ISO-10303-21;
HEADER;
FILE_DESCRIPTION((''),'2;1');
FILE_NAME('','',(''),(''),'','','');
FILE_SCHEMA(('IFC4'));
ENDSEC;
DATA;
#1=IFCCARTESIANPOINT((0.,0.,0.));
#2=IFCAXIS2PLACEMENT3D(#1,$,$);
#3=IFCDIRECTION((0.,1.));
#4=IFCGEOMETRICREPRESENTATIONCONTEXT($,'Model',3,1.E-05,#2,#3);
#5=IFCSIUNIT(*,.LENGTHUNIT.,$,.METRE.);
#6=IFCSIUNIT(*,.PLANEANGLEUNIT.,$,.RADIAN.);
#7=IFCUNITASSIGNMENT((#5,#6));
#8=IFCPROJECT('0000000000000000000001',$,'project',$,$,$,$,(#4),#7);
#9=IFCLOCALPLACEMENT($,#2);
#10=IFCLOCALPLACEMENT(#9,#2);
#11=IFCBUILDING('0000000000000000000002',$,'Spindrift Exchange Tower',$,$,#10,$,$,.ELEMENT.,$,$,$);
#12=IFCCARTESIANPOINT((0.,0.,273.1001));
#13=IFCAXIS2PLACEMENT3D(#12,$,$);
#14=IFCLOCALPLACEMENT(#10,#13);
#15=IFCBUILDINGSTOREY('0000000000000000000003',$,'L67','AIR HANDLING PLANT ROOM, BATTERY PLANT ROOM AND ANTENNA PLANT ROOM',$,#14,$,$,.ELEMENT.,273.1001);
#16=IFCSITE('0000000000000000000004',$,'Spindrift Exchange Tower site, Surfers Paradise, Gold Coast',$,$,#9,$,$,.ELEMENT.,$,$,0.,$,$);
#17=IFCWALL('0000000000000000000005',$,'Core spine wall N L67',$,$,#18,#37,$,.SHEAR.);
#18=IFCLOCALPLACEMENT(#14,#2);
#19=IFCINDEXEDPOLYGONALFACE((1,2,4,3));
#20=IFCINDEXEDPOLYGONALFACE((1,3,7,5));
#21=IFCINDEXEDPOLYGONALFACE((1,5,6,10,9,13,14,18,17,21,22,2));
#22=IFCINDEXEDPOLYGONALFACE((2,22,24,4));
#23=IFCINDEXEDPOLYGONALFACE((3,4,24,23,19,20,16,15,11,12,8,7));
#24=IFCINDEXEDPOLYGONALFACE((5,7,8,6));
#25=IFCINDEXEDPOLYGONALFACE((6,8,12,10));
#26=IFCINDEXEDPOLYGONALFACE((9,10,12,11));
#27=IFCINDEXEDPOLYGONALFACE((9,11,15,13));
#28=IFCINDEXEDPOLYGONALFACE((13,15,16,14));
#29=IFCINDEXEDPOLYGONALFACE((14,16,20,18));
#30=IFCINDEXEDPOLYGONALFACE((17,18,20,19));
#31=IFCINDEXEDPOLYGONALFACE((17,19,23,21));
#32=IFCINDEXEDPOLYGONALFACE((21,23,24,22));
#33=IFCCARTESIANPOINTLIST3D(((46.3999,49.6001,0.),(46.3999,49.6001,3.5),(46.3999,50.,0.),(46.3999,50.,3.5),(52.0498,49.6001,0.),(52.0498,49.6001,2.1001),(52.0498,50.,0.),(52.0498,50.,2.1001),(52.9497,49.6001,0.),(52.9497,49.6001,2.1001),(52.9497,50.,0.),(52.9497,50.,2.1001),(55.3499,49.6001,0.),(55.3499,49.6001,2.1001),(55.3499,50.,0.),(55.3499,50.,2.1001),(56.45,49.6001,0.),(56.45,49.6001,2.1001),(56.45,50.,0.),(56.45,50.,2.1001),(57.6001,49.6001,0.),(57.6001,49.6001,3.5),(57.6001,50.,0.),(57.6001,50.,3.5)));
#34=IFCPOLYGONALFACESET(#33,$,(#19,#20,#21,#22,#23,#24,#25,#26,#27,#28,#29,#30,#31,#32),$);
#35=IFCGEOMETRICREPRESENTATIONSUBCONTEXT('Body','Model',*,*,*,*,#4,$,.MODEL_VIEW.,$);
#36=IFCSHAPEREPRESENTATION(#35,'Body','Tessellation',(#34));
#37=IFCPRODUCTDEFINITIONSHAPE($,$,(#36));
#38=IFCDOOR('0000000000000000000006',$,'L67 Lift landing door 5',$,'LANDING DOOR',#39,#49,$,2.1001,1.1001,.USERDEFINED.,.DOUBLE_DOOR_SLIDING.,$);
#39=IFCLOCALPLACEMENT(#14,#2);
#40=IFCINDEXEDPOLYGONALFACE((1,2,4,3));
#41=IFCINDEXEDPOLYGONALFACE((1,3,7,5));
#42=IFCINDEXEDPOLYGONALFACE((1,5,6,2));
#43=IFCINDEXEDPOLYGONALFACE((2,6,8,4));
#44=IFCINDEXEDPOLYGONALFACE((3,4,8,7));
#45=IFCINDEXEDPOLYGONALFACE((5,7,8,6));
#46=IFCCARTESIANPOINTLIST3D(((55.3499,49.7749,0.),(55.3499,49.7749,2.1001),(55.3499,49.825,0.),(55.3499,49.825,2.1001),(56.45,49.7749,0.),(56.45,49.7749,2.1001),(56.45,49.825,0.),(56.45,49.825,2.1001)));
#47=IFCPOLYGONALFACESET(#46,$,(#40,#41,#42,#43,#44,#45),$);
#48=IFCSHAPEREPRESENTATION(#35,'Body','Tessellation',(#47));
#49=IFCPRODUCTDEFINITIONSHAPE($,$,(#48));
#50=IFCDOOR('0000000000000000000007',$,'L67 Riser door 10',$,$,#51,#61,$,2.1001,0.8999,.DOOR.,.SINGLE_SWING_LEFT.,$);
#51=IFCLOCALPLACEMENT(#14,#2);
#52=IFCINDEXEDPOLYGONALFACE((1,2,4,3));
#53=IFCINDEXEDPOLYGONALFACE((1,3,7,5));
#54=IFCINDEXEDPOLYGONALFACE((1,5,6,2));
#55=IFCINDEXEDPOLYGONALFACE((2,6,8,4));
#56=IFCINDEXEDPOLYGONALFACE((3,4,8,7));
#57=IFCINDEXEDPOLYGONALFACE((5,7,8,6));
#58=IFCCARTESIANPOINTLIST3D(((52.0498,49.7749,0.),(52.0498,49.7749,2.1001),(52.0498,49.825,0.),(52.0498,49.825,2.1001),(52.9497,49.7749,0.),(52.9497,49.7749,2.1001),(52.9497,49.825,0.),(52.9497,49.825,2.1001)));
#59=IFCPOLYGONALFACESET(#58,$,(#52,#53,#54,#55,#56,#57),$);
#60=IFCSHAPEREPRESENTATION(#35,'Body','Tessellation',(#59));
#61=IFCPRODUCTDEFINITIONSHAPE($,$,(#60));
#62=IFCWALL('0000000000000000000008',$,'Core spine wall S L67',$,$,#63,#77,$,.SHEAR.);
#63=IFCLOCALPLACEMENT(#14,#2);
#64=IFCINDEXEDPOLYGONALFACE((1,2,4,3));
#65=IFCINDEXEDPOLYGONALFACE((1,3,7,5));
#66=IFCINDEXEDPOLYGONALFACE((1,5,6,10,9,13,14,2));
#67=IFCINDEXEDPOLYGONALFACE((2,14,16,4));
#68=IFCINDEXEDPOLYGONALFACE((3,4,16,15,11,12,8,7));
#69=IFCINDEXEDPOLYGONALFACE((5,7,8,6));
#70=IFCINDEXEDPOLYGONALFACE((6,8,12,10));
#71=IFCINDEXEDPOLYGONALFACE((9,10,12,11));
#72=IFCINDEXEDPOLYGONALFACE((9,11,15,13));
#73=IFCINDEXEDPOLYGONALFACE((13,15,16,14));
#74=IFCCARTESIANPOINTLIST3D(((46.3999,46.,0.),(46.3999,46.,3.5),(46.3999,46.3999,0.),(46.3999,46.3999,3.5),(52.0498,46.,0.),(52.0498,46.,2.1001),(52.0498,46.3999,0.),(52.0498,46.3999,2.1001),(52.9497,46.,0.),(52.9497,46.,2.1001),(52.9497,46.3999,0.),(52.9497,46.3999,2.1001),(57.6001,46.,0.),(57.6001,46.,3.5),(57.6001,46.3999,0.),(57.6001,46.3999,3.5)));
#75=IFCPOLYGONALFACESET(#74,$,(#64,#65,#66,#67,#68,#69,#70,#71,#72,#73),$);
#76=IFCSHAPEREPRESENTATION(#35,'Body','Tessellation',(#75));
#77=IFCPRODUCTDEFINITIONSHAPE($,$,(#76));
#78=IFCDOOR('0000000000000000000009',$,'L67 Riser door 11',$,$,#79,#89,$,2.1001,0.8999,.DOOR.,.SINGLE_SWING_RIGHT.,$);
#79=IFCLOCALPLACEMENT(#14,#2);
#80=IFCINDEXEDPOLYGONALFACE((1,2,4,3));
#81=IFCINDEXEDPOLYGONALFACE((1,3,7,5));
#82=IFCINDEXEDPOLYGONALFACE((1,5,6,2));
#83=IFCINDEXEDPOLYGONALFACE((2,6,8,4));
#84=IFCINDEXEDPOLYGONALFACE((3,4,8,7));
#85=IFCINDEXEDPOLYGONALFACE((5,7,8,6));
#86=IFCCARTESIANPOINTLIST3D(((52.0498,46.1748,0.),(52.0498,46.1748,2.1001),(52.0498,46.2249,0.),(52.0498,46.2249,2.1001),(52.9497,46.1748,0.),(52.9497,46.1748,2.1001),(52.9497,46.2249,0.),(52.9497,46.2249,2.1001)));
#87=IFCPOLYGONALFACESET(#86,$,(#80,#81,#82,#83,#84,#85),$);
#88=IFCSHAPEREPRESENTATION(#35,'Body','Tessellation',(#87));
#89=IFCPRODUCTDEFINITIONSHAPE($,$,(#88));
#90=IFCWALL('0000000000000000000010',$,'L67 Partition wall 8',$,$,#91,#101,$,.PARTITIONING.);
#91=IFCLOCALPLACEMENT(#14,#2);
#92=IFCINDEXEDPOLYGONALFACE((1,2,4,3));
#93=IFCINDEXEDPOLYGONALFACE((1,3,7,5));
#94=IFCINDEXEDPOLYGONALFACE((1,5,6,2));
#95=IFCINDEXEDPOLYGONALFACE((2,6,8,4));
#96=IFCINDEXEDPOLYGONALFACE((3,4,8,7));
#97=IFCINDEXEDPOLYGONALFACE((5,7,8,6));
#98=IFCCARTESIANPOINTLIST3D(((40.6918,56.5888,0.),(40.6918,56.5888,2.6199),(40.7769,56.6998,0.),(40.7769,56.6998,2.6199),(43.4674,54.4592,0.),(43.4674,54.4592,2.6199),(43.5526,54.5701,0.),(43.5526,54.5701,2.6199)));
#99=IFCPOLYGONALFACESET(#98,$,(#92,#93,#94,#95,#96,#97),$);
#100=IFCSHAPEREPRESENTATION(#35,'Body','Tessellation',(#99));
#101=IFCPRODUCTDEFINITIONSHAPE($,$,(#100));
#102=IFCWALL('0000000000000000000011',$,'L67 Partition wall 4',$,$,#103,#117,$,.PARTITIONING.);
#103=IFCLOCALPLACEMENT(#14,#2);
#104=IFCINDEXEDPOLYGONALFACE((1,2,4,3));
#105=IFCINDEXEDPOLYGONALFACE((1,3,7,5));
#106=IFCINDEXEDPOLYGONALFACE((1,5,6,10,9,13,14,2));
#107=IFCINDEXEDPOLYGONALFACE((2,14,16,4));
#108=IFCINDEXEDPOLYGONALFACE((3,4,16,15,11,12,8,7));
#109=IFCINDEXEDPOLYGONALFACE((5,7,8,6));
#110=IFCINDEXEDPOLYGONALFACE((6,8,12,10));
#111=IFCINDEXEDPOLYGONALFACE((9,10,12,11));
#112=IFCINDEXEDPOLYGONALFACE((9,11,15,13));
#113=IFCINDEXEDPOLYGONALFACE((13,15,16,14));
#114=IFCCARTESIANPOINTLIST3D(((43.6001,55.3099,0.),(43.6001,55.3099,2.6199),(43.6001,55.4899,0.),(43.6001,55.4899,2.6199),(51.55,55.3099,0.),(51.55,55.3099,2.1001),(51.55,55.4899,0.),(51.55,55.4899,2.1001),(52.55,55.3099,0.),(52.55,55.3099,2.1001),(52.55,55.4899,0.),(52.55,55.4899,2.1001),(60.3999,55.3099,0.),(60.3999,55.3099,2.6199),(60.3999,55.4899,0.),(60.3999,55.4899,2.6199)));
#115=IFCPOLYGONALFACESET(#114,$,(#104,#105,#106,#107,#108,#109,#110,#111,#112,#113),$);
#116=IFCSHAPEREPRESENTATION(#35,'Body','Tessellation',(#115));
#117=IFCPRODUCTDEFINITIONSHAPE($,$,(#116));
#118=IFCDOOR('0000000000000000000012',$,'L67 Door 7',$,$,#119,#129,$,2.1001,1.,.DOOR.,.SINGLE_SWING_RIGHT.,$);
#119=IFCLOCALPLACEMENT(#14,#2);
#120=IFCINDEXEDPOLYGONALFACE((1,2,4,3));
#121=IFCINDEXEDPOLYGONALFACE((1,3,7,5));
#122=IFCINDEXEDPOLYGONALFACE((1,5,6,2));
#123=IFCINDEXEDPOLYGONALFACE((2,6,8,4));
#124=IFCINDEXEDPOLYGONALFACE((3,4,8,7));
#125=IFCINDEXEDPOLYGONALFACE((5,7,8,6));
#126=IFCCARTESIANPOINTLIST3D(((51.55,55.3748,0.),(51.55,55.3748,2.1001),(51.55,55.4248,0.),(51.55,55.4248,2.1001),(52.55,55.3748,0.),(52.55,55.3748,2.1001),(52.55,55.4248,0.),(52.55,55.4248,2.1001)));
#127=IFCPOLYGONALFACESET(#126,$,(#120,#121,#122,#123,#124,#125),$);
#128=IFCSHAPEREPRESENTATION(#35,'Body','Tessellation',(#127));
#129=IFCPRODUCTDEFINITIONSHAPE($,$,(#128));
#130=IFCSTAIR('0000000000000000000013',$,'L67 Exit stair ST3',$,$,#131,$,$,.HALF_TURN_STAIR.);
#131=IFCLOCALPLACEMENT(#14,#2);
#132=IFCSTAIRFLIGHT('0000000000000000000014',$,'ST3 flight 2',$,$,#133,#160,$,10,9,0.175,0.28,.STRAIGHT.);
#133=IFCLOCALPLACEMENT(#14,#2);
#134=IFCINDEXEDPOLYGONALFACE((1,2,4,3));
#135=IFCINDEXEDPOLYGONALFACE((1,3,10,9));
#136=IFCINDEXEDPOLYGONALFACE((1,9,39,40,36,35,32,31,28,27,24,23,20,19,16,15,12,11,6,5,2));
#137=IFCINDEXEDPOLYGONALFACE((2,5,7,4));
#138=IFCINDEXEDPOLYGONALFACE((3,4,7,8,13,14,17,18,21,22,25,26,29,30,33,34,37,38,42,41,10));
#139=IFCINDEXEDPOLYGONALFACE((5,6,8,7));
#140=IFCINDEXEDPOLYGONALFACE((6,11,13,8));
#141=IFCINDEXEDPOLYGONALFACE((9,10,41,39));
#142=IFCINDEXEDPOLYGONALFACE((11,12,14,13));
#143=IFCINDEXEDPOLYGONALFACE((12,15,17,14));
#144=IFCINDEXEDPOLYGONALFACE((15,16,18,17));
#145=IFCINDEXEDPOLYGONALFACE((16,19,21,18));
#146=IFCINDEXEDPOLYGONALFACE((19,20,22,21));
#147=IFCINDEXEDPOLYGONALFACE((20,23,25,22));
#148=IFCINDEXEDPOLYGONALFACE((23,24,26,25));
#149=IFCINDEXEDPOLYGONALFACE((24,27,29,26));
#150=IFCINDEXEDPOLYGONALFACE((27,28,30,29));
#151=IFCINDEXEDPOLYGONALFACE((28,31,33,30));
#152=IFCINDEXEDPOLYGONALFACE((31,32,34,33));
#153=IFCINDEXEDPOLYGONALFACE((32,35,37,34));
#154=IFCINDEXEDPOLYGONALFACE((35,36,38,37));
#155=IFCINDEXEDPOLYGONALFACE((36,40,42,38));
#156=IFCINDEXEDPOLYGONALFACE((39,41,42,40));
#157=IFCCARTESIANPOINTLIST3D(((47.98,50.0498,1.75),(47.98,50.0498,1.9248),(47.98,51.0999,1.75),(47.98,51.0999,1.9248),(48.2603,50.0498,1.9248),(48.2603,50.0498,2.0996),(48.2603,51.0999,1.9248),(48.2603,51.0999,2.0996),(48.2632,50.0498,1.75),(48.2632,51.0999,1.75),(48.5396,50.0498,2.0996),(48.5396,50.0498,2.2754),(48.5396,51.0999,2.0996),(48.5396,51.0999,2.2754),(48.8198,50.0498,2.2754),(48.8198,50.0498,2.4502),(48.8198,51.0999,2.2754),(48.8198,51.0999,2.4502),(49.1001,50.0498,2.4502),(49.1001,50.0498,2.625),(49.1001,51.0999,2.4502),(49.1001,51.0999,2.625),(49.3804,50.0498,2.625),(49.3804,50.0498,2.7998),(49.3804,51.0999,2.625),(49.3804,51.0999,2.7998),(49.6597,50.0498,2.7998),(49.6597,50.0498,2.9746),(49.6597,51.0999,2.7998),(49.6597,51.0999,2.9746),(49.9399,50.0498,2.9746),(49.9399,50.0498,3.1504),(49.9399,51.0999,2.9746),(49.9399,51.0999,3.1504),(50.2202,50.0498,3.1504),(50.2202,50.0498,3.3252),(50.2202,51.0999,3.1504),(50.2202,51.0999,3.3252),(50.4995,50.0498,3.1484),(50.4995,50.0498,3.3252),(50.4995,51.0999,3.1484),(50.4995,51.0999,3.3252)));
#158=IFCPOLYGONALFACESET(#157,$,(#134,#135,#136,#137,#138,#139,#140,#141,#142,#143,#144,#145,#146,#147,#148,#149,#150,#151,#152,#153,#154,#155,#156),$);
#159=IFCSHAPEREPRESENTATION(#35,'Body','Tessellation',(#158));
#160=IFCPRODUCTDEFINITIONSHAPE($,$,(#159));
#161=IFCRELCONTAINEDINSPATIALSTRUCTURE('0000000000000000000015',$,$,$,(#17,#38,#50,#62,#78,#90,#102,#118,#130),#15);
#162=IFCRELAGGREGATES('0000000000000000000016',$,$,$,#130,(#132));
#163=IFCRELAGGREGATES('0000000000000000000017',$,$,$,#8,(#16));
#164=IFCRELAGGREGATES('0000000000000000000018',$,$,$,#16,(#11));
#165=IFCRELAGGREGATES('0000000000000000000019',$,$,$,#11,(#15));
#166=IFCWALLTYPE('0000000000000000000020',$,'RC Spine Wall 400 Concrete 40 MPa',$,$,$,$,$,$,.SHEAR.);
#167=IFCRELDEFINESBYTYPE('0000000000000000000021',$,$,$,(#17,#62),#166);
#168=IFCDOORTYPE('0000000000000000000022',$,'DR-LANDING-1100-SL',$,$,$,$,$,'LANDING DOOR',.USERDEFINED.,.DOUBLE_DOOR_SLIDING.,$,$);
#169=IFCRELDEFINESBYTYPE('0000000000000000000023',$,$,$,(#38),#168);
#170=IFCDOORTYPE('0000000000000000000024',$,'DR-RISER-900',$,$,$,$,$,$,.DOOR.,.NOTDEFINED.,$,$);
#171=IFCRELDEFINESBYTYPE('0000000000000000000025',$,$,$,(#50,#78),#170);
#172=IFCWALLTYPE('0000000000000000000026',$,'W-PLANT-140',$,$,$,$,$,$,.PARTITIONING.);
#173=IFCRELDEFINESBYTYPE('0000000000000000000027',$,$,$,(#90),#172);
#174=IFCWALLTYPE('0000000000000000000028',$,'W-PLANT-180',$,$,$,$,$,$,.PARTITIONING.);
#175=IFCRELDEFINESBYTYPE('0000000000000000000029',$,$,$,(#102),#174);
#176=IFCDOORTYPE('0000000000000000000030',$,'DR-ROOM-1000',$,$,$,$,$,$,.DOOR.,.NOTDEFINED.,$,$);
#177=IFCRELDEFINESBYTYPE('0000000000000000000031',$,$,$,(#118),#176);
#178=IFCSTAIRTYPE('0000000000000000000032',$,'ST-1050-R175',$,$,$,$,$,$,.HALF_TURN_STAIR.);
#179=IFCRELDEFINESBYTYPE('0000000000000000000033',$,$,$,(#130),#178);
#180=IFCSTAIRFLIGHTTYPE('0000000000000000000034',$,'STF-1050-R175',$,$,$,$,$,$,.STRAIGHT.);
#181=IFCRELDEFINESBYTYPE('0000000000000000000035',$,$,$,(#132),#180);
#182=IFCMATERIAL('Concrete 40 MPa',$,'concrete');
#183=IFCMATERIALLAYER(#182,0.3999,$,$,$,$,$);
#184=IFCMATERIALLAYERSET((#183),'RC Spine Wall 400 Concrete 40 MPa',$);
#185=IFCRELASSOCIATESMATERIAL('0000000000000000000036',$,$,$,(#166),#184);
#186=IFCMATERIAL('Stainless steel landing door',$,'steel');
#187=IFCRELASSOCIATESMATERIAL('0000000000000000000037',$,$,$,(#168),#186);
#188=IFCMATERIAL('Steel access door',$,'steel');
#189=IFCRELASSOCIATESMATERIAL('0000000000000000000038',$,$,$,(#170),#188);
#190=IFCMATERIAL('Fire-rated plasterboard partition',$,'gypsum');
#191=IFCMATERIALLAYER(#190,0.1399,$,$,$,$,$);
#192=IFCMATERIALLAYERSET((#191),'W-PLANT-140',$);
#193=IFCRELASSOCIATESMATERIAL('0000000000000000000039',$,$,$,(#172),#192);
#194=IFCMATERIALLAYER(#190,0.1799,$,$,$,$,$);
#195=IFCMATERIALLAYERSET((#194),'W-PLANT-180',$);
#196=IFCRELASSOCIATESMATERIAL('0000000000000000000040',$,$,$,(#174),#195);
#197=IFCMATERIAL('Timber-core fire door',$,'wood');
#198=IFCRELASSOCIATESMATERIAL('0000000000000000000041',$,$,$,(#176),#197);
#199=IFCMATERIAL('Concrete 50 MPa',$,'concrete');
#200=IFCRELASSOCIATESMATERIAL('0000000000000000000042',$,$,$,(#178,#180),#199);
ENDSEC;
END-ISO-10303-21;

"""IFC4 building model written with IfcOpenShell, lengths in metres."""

from ifc_helpers import new_model, si_unit, direction, frame, frame_2d, origin, place, context, subcontext, project, spatial, line, indexed_curve, rectangle, outline, extrude, source, transform, mapped, material, layer, layer_set, type_object, element, fill, aggregate, save


model = new_model("IFC4")

# Units and contexts
model_context = context("Model", 3, precision=1e-05, world=origin(), true_north=direction((0.0, 1.0)))
body_context = subcontext(model_context, "Body", "Model", "MODEL_VIEW")
ifc_project = project(units=[si_unit("LENGTHUNIT", "METRE"), si_unit("PLANEANGLEUNIT", "RADIAN")], contexts=[model_context])

# Site, building, storey
site_placement = place(None, origin())
site = spatial("IfcSite", under=ifc_project, at=site_placement, Name="Spindrift Exchange Tower site, Surfers Paradise, Gold Coast", CompositionType="ELEMENT", RefElevation=0.0)
building_placement = place(site_placement, origin())
building = spatial("IfcBuilding", under=site, at=building_placement, Name="Spindrift Exchange Tower", CompositionType="ELEMENT")
storey_placement = place(building_placement, frame((0.0, 0.0, 273.1001)))
storey = spatial("IfcBuildingStorey", under=building, at=storey_placement, Name="L67", Description="AIR HANDLING PLANT ROOM, BATTERY PLANT ROOM AND ANTENNA PLANT ROOM", CompositionType="ELEMENT", Elevation=273.1001)

# Shared definitions
ifc_material_1 = material(Name="Concrete 40 MPa", Category="concrete")

# Wall, openings, doors
ifc_material_2 = material(Name="Timber-core fire door", Category="wood")
ifc_layer_1 = layer(ifc_material_1, 0.3999)
ifc_layer_set_1 = layer_set([ifc_layer_1], Name="RC Spine Wall 400 Concrete 40 MPa")
wall_type_1 = type_object("IfcWallType", Name="RC Spine Wall 400 Concrete 40 MPa", PredefinedType="SHEAR", material=ifc_layer_set_1)
wall_1_placement = place(storey_placement, frame((46.3999, 49.8, 0.0), z_axis=(0.0, 0.0, 1.0), x_axis=(1.0, 0.0, 0.0)))
wall_1 = element("IfcWall", 1, at=wall_1_placement, inside=storey, type_object=wall_type_1, Name="Core spine wall N L67", PredefinedType="SHEAR", context=body_context, shape_type="SweptSolid", body=[
    extrude(rectangle(XDim=11.2002, YDim=0.3999, at=frame_2d((5.6001, 0.0))), origin(), (0.0, 0.0, 1.0), 3.5),
])
opening_1_placement = place(wall_1_placement, frame((8.95, 0.0, 0.0)))
opening_1 = element("IfcOpeningElement", 2, at=opening_1_placement, cuts=wall_1, PredefinedType="OPENING", context=body_context, shape_type="SweptSolid", body=[
    extrude(rectangle(XDim=1.1001, YDim=2.1001, at=frame_2d((0.55, 1.05))), frame((0.0, 0.21, 0.0), z_axis=(0.0, -1.0, 0.0), x_axis=(1.0, 0.0, 0.0)), (0.0, 0.0, 1.0), 0.4199),
])
opening_2_placement = place(wall_1_placement, frame((5.6499, 0.0, 0.0)))
opening_2 = element("IfcOpeningElement", 3, at=opening_2_placement, cuts=wall_1, PredefinedType="OPENING", context=body_context, shape_type="SweptSolid", body=[
    extrude(rectangle(XDim=0.8999, YDim=2.1001, at=frame_2d((0.45, 1.05))), frame((0.0, 0.21, 0.0), z_axis=(0.0, -1.0, 0.0), x_axis=(1.0, 0.0, 0.0)), (0.0, 0.0, 1.0), 0.4199),
])
ifc_material_3 = material(Name="Stainless steel landing door", Category="steel")
door_type_1 = type_object("IfcDoorType", Name="DR-LANDING-1100-SL", ElementType="LANDING DOOR", OperationType="DOUBLE_DOOR_SLIDING", PredefinedType="USERDEFINED", material=ifc_material_3)
shared_shape_1 = source(origin(), body_context, "Body", "SweptSolid", [
    extrude(rectangle(XDim=1.1001, YDim=2.1001, at=frame_2d((0.55, 1.05))), frame((0.0, 0.0249, 0.0), z_axis=(0.0, -1.0, 0.0), x_axis=(1.0, 0.0, 0.0)), (0.0, 0.0, 1.0), 0.05),
])
door_1_placement = place(opening_1_placement, origin())
door_1 = element("IfcDoor", 4, at=door_1_placement, inside=storey, type_object=door_type_1, Name="L67 Lift landing door 5", ObjectType="LANDING DOOR", OperationType="DOUBLE_DOOR_SLIDING", OverallHeight=2.1001, OverallWidth=1.1001, PredefinedType="USERDEFINED", context=body_context, shape_type="MappedRepresentation", body=[
    mapped(shared_shape_1, transform((0.0, 0.0, 0.0), scale=1.0)),
])
fill(opening_1, door_1)
ifc_material_4 = material(Name="Steel access door", Category="steel")
door_type_2 = type_object("IfcDoorType", Name="DR-RISER-900", OperationType="NOTDEFINED", PredefinedType="DOOR", material=ifc_material_4)
shared_shape_2 = source(origin(), body_context, "Body", "SweptSolid", [
    extrude(rectangle(XDim=0.8999, YDim=2.1001, at=frame_2d((0.45, 1.05))), frame((0.0, 0.0249, 0.0), z_axis=(0.0, -1.0, 0.0), x_axis=(1.0, 0.0, 0.0)), (0.0, 0.0, 1.0), 0.05),
])
door_2_placement = place(opening_2_placement, origin())
door_2 = element("IfcDoor", 5, at=door_2_placement, inside=storey, type_object=door_type_2, Name="L67 Riser door 10", OperationType="SINGLE_SWING_LEFT", OverallHeight=2.1001, OverallWidth=0.8999, PredefinedType="DOOR", context=body_context, shape_type="MappedRepresentation", body=[
    mapped(shared_shape_2, transform((0.0, 0.0, 0.0), scale=1.0)),
])
fill(opening_2, door_2)

# Wall, opening, door
wall_2_placement = place(storey_placement, frame((46.3999, 46.2, 0.0), z_axis=(0.0, 0.0, 1.0), x_axis=(1.0, 0.0, 0.0)))
wall_2 = element("IfcWall", 6, at=wall_2_placement, inside=storey, type_object=wall_type_1, Name="Core spine wall S L67", PredefinedType="SHEAR", context=body_context, shape_type="SweptSolid", body=[
    extrude(rectangle(XDim=11.2002, YDim=0.3999, at=frame_2d((5.6001, 0.0))), origin(), (0.0, 0.0, 1.0), 3.5),
])
opening_3_placement = place(wall_2_placement, frame((5.6499, 0.0, 0.0)))
opening_3 = element("IfcOpeningElement", 7, at=opening_3_placement, cuts=wall_2, PredefinedType="OPENING", context=body_context, shape_type="SweptSolid", body=[
    extrude(rectangle(XDim=0.8999, YDim=2.1001, at=frame_2d((0.45, 1.05))), frame((0.0, 0.21, 0.0), z_axis=(0.0, -1.0, 0.0), x_axis=(1.0, 0.0, 0.0)), (0.0, 0.0, 1.0), 0.4199),
])
door_3_placement = place(opening_3_placement, origin())
door_3 = element("IfcDoor", 8, at=door_3_placement, inside=storey, type_object=door_type_2, Name="L67 Riser door 11", OperationType="SINGLE_SWING_RIGHT", OverallHeight=2.1001, OverallWidth=0.8999, PredefinedType="DOOR", context=body_context, shape_type="MappedRepresentation", body=[
    mapped(shared_shape_2, transform((0.0, 0.0, 0.0), scale=1.0)),
])
fill(opening_3, door_3)

# Wall
ifc_material_5 = material(Name="Fire-rated plasterboard partition", Category="gypsum")
ifc_layer_2 = layer(ifc_material_5, 0.1399)
ifc_layer_set_2 = layer_set([ifc_layer_2], Name="W-PLANT-140")
wall_type_2 = type_object("IfcWallType", Name="W-PLANT-140", PredefinedType="PARTITIONING", material=ifc_layer_set_2)
wall_3_placement = place(storey_placement, frame((43.51, 54.5146, 0.0), z_axis=(0.0, 0.0, 1.0), x_axis=(-0.793378, 0.608729, 0.0)))
element("IfcWall", 9, at=wall_3_placement, inside=storey, type_object=wall_type_2, Name="L67 Partition wall 8", PredefinedType="PARTITIONING", context=body_context, shape_type="SweptSolid", body=[
    extrude(rectangle(XDim=3.4985, YDim=0.1399, at=frame_2d((1.7493, 0.0))), origin(), (0.0, 0.0, 1.0), 2.6199),
])

# Wall, opening, door
ifc_layer_3 = layer(ifc_material_5, 0.1799)
ifc_layer_set_3 = layer_set([ifc_layer_3], Name="W-PLANT-180")
wall_type_3 = type_object("IfcWallType", Name="W-PLANT-180", PredefinedType="PARTITIONING", material=ifc_layer_set_3)
wall_4_placement = place(storey_placement, frame((43.6001, 55.3999, 0.0), z_axis=(0.0, 0.0, 1.0), x_axis=(1.0, 0.0, 0.0)))
wall_4 = element("IfcWall", 10, at=wall_4_placement, inside=storey, type_object=wall_type_3, Name="L67 Partition wall 4", PredefinedType="PARTITIONING", context=body_context, shape_type="SweptSolid", body=[
    extrude(rectangle(XDim=16.7998, YDim=0.1799, at=frame_2d((8.3999, 0.0))), origin(), (0.0, 0.0, 1.0), 2.6199),
])
opening_4_placement = place(wall_4_placement, frame((7.95, 0.0, 0.0)))
opening_4 = element("IfcOpeningElement", 11, at=opening_4_placement, cuts=wall_4, PredefinedType="OPENING", context=body_context, shape_type="SweptSolid", body=[
    extrude(rectangle(XDim=1.0, YDim=2.1001, at=frame_2d((0.5, 1.05))), frame((0.0, 0.0999, 0.0), z_axis=(0.0, -1.0, 0.0), x_axis=(1.0, 0.0, 0.0)), (0.0, 0.0, 1.0), 0.2),
])
door_type_3 = type_object("IfcDoorType", Name="DR-ROOM-1000", OperationType="NOTDEFINED", PredefinedType="DOOR", material=ifc_material_2)
shared_shape_3 = source(origin(), body_context, "Body", "SweptSolid", [
    extrude(rectangle(XDim=1.0, YDim=2.1001, at=frame_2d((0.5, 1.05))), frame((0.0, 0.0249, 0.0), z_axis=(0.0, -1.0, 0.0), x_axis=(1.0, 0.0, 0.0)), (0.0, 0.0, 1.0), 0.05),
])
door_4_placement = place(opening_4_placement, origin())
door_4 = element("IfcDoor", 12, at=door_4_placement, inside=storey, type_object=door_type_3, Name="L67 Door 7", OperationType="SINGLE_SWING_RIGHT", OverallHeight=2.1001, OverallWidth=1.0, PredefinedType="DOOR", context=body_context, shape_type="MappedRepresentation", body=[
    mapped(shared_shape_3, transform((0.0, 0.0, 0.0), scale=1.0)),
])
fill(opening_4, door_4)

# Stair, stair flight
ifc_material_6 = material(Name="Concrete 50 MPa", Category="concrete")
stair_type = type_object("IfcStairType", Name="ST-1050-R175", PredefinedType="HALF_TURN_STAIR", material=ifc_material_6)
stair_placement = place(storey_placement, origin())
stair = element("IfcStair", 13, at=stair_placement, inside=storey, type_object=stair_type, Name="L67 Exit stair ST3", PredefinedType="HALF_TURN_STAIR")
stair_flight_type = type_object("IfcStairFlightType", Name="STF-1050-R175", PredefinedType="STRAIGHT", material=ifc_material_6)
stair_flight_placement = place(storey_placement, frame((47.98, 50.575, 1.75), z_axis=(0.0, 0.0, 1.0), x_axis=(1.0, 0.0, 0.0)))
stair_flight = element("IfcStairFlight", 14, at=stair_flight_placement, type_object=stair_flight_type, Name="ST3 flight 2", NumberOfRisers=10, NumberOfTreads=9, PredefinedType="STRAIGHT", RiserHeight=0.175, TreadLength=0.28, context=body_context, shape_type="SweptSolid", body=[
    extrude(outline(indexed_curve([(0.0, 0.0), (0.0, 0.1748), (0.2803, 0.1748), (0.2803, 0.3496), (0.5596, 0.3496), (0.5596, 0.5254), (0.8398, 0.5254), (0.8398, 0.7002), (1.1201, 0.7002), (1.1201, 0.875), (1.4004, 0.875), (1.4004, 1.0498), (1.6797, 1.0498), (1.6797, 1.2246), (1.96, 1.2246), (1.96, 1.4004), (2.2402, 1.4004), (2.2402, 1.5752), (2.5195, 1.5752), (2.5195, 1.75), (2.5195, 1.3984), (0.2832, 0.0)], segments=[line(1, 2, 3, 4, 5, 6, 7, 8, 9, 10, 11, 12, 13, 14, 15, 16, 17, 18, 19, 20, 21, 22, 1)], self_intersect=False)), frame((0.0, 0.5249, 0.0), z_axis=(0.0, -1.0, 0.0), x_axis=(1.0, 0.0, 0.0)), (0.0, 0.0, 1.0), 1.05),
])
aggregate(stair, [stair_flight])

save(model, "model.ifc")
